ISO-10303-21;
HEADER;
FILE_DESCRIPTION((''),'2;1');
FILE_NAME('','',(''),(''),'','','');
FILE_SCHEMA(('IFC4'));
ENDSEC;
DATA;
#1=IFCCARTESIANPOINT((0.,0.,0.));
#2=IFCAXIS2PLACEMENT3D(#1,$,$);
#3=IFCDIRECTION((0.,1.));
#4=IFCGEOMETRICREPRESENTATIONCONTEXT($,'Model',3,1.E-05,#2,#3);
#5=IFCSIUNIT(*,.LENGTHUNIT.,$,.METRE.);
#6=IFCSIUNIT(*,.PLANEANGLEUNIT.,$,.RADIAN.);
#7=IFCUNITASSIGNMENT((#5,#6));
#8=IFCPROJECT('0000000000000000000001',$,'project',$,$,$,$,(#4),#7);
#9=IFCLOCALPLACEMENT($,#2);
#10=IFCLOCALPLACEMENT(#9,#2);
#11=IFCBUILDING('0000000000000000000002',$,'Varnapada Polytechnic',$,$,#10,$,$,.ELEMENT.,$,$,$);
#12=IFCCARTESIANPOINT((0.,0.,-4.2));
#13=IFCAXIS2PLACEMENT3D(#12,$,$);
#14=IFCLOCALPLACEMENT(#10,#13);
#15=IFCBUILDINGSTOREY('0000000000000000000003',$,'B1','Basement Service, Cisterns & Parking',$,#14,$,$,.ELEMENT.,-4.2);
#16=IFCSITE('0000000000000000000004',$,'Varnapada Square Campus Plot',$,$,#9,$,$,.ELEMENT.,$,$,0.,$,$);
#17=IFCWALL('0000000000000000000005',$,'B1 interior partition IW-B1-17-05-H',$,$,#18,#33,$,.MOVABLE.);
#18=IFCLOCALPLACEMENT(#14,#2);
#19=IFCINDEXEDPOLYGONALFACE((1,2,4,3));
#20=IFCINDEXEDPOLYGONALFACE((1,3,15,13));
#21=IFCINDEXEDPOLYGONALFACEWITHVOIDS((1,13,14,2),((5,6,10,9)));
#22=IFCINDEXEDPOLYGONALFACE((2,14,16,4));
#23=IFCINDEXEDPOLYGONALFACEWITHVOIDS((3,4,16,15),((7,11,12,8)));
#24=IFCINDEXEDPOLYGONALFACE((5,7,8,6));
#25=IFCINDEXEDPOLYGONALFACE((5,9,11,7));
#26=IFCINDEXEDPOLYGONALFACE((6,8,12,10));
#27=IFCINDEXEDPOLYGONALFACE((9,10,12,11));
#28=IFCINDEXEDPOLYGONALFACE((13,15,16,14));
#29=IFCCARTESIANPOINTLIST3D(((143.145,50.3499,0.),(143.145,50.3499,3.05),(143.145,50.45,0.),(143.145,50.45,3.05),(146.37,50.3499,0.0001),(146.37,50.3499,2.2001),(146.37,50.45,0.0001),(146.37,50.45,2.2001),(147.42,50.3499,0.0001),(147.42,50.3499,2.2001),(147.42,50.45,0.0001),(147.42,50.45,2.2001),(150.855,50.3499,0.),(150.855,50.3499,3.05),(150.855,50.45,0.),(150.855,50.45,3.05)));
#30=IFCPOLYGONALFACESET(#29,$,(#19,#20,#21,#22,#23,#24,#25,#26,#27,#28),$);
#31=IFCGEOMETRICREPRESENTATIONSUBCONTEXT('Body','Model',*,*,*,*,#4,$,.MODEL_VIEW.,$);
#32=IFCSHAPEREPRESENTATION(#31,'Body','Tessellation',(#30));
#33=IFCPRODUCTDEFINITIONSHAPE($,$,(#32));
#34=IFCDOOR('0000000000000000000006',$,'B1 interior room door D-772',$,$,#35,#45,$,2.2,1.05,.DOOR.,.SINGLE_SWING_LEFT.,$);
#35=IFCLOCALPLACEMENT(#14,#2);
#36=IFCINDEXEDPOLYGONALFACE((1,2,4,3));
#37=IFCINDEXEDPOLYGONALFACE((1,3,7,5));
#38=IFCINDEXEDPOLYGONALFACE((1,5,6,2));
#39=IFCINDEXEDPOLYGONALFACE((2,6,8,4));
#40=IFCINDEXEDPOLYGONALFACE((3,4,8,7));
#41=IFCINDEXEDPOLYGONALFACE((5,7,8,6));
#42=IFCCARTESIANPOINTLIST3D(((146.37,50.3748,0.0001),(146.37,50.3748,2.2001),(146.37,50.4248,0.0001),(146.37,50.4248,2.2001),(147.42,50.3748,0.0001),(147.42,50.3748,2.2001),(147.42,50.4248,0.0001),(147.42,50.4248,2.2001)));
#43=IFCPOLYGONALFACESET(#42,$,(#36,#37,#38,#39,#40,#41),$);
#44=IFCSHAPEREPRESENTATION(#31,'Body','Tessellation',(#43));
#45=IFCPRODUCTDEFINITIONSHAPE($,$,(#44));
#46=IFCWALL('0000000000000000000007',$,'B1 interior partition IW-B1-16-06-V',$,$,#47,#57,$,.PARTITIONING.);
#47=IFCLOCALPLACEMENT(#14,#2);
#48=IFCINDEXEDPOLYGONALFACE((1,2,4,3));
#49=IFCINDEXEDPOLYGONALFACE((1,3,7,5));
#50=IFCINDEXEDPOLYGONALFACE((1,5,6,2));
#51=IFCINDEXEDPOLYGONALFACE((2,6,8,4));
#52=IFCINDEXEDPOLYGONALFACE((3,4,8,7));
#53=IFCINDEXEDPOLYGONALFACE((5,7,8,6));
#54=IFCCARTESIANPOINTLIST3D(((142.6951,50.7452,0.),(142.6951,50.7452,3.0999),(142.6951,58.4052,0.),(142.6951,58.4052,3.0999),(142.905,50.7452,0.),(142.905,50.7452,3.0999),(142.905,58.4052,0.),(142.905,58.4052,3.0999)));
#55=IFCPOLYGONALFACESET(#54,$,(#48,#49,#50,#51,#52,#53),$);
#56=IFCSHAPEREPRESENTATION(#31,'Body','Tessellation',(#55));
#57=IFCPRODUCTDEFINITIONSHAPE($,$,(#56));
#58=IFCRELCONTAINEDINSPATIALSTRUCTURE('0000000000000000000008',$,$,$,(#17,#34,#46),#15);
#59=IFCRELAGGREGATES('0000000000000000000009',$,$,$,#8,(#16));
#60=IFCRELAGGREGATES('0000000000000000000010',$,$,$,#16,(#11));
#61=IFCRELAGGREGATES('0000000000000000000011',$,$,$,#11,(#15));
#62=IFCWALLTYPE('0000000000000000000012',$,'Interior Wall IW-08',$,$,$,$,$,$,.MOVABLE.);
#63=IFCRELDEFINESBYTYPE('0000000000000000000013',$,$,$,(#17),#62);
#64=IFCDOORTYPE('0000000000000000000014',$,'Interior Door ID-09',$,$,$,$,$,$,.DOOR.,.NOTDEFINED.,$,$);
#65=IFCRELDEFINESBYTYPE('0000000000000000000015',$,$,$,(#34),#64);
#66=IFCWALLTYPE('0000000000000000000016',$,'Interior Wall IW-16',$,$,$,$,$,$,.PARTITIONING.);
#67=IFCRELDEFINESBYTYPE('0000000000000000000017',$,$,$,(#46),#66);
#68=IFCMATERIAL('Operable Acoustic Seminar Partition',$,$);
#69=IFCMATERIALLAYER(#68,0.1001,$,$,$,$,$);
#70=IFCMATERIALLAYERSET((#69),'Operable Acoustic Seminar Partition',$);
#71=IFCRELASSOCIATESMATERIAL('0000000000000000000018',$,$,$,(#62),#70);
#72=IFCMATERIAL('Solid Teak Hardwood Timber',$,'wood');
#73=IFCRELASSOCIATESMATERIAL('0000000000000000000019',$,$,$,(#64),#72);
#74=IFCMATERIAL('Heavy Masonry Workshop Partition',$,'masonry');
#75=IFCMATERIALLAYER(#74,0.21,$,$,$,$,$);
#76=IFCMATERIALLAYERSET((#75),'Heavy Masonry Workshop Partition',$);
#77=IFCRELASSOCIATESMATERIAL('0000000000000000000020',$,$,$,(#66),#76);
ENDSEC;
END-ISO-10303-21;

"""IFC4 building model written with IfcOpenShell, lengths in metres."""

from ifc_helpers import new_model, si_unit, direction, frame, frame_2d, origin, place, context, subcontext, project, spatial, rectangle, extrude, material, layer, layer_set, type_object, element, fill, save


model = new_model("IFC4")

# Units and contexts
model_context = context("Model", 3, precision=1e-05, world=origin(), true_north=direction((0.0, 1.0)))
body_context = subcontext(model_context, "Body", "Model", "MODEL_VIEW")
ifc_project = project(units=[si_unit("LENGTHUNIT", "METRE"), si_unit("PLANEANGLEUNIT", "RADIAN")], contexts=[model_context])

# Site, building, storey
site_placement = place(None, origin())
site = spatial("IfcSite", under=ifc_project, at=site_placement, Name="Varnapada Square Campus Plot", CompositionType="ELEMENT", RefElevation=0.0)
building_placement = place(site_placement, origin())
building = spatial("IfcBuilding", under=site, at=building_placement, Name="Varnapada Polytechnic", CompositionType="ELEMENT")
storey_placement = place(building_placement, frame((0.0, 0.0, -4.2)))
storey = spatial("IfcBuildingStorey", under=building, at=storey_placement, Name="B1", Description="Basement Service, Cisterns & Parking", CompositionType="ELEMENT", Elevation=-4.2)

# Wall, opening, door
ifc_material_1 = material(Name="Operable Acoustic Seminar Partition")
ifc_layer_1 = layer(ifc_material_1, 0.1001)
ifc_layer_set_1 = layer_set([ifc_layer_1], Name="Operable Acoustic Seminar Partition")
wall_type_1 = type_object("IfcWallType", Name="Interior Wall IW-08", PredefinedType="MOVABLE", material=ifc_layer_set_1)
wall_1_placement = place(storey_placement, frame((143.145, 50.3999, 0.0), z_axis=(0.0, 0.0, 1.0), x_axis=(1.0, 0.0, 0.0)))
wall_1 = element("IfcWall", 1, at=wall_1_placement, inside=storey, type_object=wall_type_1, Name="B1 interior partition IW-B1-17-05-H", PredefinedType="MOVABLE", context=body_context, shape_type="SweptSolid", body=[
    extrude(rectangle(XDim=7.71, YDim=0.1001, at=frame_2d((3.855, 0.0))), origin(), (0.0, 0.0, 1.0), 3.05),
])
opening_placement = place(wall_1_placement, frame((3.2251, 0.0, 0.0)))
opening = element("IfcOpeningElement", 2, at=opening_placement, cuts=wall_1, PredefinedType="OPENING", context=body_context, shape_type="SweptSolid", body=[
    extrude(rectangle(XDim=1.05, YDim=2.2, at=frame_2d((0.5249, 1.1001))), frame((0.0, 0.0601, 0.0), z_axis=(0.0, -1.0, 0.0), x_axis=(1.0, 0.0, 0.0)), (0.0, 0.0, 1.0), 0.1201),
])
ifc_material_2 = material(Name="Solid Teak Hardwood Timber", Category="wood")
door_type = type_object("IfcDoorType", Name="Interior Door ID-09", OperationType="NOTDEFINED", PredefinedType="DOOR", material=ifc_material_2)
door_placement = place(opening_placement, origin())
door = element("IfcDoor", 3, at=door_placement, inside=storey, type_object=door_type, Name="B1 interior room door D-772", OperationType="SINGLE_SWING_LEFT", OverallHeight=2.2, OverallWidth=1.05, PredefinedType="DOOR", context=body_context, shape_type="SweptSolid", body=[
    extrude(rectangle(XDim=1.05, YDim=2.2, at=frame_2d((0.5249, 1.1001))), frame((0.0, 0.0249, 0.0), z_axis=(0.0, -1.0, 0.0), x_axis=(1.0, 0.0, 0.0)), (0.0, 0.0, 1.0), 0.05),
])
fill(opening, door)

# Wall
ifc_material_3 = material(Name="Heavy Masonry Workshop Partition", Category="masonry")
ifc_layer_2 = layer(ifc_material_3, 0.21)
ifc_layer_set_2 = layer_set([ifc_layer_2], Name="Heavy Masonry Workshop Partition")
wall_type_2 = type_object("IfcWallType", Name="Interior Wall IW-16", PredefinedType="PARTITIONING", material=ifc_layer_set_2)
wall_2_placement = place(storey_placement, frame((142.8, 50.7451, 0.0), z_axis=(0.0, 0.0, 1.0), x_axis=(0.0, 1.0, 0.0)))
element("IfcWall", 4, at=wall_2_placement, inside=storey, type_object=wall_type_2, Name="B1 interior partition IW-B1-16-06-V", PredefinedType="PARTITIONING", context=body_context, shape_type="SweptSolid", body=[
    extrude(rectangle(XDim=7.6599, YDim=0.21, at=frame_2d((3.8301, 0.0))), origin(), (0.0, 0.0, 1.0), 3.0999),
])

save(model, "model.ifc")
